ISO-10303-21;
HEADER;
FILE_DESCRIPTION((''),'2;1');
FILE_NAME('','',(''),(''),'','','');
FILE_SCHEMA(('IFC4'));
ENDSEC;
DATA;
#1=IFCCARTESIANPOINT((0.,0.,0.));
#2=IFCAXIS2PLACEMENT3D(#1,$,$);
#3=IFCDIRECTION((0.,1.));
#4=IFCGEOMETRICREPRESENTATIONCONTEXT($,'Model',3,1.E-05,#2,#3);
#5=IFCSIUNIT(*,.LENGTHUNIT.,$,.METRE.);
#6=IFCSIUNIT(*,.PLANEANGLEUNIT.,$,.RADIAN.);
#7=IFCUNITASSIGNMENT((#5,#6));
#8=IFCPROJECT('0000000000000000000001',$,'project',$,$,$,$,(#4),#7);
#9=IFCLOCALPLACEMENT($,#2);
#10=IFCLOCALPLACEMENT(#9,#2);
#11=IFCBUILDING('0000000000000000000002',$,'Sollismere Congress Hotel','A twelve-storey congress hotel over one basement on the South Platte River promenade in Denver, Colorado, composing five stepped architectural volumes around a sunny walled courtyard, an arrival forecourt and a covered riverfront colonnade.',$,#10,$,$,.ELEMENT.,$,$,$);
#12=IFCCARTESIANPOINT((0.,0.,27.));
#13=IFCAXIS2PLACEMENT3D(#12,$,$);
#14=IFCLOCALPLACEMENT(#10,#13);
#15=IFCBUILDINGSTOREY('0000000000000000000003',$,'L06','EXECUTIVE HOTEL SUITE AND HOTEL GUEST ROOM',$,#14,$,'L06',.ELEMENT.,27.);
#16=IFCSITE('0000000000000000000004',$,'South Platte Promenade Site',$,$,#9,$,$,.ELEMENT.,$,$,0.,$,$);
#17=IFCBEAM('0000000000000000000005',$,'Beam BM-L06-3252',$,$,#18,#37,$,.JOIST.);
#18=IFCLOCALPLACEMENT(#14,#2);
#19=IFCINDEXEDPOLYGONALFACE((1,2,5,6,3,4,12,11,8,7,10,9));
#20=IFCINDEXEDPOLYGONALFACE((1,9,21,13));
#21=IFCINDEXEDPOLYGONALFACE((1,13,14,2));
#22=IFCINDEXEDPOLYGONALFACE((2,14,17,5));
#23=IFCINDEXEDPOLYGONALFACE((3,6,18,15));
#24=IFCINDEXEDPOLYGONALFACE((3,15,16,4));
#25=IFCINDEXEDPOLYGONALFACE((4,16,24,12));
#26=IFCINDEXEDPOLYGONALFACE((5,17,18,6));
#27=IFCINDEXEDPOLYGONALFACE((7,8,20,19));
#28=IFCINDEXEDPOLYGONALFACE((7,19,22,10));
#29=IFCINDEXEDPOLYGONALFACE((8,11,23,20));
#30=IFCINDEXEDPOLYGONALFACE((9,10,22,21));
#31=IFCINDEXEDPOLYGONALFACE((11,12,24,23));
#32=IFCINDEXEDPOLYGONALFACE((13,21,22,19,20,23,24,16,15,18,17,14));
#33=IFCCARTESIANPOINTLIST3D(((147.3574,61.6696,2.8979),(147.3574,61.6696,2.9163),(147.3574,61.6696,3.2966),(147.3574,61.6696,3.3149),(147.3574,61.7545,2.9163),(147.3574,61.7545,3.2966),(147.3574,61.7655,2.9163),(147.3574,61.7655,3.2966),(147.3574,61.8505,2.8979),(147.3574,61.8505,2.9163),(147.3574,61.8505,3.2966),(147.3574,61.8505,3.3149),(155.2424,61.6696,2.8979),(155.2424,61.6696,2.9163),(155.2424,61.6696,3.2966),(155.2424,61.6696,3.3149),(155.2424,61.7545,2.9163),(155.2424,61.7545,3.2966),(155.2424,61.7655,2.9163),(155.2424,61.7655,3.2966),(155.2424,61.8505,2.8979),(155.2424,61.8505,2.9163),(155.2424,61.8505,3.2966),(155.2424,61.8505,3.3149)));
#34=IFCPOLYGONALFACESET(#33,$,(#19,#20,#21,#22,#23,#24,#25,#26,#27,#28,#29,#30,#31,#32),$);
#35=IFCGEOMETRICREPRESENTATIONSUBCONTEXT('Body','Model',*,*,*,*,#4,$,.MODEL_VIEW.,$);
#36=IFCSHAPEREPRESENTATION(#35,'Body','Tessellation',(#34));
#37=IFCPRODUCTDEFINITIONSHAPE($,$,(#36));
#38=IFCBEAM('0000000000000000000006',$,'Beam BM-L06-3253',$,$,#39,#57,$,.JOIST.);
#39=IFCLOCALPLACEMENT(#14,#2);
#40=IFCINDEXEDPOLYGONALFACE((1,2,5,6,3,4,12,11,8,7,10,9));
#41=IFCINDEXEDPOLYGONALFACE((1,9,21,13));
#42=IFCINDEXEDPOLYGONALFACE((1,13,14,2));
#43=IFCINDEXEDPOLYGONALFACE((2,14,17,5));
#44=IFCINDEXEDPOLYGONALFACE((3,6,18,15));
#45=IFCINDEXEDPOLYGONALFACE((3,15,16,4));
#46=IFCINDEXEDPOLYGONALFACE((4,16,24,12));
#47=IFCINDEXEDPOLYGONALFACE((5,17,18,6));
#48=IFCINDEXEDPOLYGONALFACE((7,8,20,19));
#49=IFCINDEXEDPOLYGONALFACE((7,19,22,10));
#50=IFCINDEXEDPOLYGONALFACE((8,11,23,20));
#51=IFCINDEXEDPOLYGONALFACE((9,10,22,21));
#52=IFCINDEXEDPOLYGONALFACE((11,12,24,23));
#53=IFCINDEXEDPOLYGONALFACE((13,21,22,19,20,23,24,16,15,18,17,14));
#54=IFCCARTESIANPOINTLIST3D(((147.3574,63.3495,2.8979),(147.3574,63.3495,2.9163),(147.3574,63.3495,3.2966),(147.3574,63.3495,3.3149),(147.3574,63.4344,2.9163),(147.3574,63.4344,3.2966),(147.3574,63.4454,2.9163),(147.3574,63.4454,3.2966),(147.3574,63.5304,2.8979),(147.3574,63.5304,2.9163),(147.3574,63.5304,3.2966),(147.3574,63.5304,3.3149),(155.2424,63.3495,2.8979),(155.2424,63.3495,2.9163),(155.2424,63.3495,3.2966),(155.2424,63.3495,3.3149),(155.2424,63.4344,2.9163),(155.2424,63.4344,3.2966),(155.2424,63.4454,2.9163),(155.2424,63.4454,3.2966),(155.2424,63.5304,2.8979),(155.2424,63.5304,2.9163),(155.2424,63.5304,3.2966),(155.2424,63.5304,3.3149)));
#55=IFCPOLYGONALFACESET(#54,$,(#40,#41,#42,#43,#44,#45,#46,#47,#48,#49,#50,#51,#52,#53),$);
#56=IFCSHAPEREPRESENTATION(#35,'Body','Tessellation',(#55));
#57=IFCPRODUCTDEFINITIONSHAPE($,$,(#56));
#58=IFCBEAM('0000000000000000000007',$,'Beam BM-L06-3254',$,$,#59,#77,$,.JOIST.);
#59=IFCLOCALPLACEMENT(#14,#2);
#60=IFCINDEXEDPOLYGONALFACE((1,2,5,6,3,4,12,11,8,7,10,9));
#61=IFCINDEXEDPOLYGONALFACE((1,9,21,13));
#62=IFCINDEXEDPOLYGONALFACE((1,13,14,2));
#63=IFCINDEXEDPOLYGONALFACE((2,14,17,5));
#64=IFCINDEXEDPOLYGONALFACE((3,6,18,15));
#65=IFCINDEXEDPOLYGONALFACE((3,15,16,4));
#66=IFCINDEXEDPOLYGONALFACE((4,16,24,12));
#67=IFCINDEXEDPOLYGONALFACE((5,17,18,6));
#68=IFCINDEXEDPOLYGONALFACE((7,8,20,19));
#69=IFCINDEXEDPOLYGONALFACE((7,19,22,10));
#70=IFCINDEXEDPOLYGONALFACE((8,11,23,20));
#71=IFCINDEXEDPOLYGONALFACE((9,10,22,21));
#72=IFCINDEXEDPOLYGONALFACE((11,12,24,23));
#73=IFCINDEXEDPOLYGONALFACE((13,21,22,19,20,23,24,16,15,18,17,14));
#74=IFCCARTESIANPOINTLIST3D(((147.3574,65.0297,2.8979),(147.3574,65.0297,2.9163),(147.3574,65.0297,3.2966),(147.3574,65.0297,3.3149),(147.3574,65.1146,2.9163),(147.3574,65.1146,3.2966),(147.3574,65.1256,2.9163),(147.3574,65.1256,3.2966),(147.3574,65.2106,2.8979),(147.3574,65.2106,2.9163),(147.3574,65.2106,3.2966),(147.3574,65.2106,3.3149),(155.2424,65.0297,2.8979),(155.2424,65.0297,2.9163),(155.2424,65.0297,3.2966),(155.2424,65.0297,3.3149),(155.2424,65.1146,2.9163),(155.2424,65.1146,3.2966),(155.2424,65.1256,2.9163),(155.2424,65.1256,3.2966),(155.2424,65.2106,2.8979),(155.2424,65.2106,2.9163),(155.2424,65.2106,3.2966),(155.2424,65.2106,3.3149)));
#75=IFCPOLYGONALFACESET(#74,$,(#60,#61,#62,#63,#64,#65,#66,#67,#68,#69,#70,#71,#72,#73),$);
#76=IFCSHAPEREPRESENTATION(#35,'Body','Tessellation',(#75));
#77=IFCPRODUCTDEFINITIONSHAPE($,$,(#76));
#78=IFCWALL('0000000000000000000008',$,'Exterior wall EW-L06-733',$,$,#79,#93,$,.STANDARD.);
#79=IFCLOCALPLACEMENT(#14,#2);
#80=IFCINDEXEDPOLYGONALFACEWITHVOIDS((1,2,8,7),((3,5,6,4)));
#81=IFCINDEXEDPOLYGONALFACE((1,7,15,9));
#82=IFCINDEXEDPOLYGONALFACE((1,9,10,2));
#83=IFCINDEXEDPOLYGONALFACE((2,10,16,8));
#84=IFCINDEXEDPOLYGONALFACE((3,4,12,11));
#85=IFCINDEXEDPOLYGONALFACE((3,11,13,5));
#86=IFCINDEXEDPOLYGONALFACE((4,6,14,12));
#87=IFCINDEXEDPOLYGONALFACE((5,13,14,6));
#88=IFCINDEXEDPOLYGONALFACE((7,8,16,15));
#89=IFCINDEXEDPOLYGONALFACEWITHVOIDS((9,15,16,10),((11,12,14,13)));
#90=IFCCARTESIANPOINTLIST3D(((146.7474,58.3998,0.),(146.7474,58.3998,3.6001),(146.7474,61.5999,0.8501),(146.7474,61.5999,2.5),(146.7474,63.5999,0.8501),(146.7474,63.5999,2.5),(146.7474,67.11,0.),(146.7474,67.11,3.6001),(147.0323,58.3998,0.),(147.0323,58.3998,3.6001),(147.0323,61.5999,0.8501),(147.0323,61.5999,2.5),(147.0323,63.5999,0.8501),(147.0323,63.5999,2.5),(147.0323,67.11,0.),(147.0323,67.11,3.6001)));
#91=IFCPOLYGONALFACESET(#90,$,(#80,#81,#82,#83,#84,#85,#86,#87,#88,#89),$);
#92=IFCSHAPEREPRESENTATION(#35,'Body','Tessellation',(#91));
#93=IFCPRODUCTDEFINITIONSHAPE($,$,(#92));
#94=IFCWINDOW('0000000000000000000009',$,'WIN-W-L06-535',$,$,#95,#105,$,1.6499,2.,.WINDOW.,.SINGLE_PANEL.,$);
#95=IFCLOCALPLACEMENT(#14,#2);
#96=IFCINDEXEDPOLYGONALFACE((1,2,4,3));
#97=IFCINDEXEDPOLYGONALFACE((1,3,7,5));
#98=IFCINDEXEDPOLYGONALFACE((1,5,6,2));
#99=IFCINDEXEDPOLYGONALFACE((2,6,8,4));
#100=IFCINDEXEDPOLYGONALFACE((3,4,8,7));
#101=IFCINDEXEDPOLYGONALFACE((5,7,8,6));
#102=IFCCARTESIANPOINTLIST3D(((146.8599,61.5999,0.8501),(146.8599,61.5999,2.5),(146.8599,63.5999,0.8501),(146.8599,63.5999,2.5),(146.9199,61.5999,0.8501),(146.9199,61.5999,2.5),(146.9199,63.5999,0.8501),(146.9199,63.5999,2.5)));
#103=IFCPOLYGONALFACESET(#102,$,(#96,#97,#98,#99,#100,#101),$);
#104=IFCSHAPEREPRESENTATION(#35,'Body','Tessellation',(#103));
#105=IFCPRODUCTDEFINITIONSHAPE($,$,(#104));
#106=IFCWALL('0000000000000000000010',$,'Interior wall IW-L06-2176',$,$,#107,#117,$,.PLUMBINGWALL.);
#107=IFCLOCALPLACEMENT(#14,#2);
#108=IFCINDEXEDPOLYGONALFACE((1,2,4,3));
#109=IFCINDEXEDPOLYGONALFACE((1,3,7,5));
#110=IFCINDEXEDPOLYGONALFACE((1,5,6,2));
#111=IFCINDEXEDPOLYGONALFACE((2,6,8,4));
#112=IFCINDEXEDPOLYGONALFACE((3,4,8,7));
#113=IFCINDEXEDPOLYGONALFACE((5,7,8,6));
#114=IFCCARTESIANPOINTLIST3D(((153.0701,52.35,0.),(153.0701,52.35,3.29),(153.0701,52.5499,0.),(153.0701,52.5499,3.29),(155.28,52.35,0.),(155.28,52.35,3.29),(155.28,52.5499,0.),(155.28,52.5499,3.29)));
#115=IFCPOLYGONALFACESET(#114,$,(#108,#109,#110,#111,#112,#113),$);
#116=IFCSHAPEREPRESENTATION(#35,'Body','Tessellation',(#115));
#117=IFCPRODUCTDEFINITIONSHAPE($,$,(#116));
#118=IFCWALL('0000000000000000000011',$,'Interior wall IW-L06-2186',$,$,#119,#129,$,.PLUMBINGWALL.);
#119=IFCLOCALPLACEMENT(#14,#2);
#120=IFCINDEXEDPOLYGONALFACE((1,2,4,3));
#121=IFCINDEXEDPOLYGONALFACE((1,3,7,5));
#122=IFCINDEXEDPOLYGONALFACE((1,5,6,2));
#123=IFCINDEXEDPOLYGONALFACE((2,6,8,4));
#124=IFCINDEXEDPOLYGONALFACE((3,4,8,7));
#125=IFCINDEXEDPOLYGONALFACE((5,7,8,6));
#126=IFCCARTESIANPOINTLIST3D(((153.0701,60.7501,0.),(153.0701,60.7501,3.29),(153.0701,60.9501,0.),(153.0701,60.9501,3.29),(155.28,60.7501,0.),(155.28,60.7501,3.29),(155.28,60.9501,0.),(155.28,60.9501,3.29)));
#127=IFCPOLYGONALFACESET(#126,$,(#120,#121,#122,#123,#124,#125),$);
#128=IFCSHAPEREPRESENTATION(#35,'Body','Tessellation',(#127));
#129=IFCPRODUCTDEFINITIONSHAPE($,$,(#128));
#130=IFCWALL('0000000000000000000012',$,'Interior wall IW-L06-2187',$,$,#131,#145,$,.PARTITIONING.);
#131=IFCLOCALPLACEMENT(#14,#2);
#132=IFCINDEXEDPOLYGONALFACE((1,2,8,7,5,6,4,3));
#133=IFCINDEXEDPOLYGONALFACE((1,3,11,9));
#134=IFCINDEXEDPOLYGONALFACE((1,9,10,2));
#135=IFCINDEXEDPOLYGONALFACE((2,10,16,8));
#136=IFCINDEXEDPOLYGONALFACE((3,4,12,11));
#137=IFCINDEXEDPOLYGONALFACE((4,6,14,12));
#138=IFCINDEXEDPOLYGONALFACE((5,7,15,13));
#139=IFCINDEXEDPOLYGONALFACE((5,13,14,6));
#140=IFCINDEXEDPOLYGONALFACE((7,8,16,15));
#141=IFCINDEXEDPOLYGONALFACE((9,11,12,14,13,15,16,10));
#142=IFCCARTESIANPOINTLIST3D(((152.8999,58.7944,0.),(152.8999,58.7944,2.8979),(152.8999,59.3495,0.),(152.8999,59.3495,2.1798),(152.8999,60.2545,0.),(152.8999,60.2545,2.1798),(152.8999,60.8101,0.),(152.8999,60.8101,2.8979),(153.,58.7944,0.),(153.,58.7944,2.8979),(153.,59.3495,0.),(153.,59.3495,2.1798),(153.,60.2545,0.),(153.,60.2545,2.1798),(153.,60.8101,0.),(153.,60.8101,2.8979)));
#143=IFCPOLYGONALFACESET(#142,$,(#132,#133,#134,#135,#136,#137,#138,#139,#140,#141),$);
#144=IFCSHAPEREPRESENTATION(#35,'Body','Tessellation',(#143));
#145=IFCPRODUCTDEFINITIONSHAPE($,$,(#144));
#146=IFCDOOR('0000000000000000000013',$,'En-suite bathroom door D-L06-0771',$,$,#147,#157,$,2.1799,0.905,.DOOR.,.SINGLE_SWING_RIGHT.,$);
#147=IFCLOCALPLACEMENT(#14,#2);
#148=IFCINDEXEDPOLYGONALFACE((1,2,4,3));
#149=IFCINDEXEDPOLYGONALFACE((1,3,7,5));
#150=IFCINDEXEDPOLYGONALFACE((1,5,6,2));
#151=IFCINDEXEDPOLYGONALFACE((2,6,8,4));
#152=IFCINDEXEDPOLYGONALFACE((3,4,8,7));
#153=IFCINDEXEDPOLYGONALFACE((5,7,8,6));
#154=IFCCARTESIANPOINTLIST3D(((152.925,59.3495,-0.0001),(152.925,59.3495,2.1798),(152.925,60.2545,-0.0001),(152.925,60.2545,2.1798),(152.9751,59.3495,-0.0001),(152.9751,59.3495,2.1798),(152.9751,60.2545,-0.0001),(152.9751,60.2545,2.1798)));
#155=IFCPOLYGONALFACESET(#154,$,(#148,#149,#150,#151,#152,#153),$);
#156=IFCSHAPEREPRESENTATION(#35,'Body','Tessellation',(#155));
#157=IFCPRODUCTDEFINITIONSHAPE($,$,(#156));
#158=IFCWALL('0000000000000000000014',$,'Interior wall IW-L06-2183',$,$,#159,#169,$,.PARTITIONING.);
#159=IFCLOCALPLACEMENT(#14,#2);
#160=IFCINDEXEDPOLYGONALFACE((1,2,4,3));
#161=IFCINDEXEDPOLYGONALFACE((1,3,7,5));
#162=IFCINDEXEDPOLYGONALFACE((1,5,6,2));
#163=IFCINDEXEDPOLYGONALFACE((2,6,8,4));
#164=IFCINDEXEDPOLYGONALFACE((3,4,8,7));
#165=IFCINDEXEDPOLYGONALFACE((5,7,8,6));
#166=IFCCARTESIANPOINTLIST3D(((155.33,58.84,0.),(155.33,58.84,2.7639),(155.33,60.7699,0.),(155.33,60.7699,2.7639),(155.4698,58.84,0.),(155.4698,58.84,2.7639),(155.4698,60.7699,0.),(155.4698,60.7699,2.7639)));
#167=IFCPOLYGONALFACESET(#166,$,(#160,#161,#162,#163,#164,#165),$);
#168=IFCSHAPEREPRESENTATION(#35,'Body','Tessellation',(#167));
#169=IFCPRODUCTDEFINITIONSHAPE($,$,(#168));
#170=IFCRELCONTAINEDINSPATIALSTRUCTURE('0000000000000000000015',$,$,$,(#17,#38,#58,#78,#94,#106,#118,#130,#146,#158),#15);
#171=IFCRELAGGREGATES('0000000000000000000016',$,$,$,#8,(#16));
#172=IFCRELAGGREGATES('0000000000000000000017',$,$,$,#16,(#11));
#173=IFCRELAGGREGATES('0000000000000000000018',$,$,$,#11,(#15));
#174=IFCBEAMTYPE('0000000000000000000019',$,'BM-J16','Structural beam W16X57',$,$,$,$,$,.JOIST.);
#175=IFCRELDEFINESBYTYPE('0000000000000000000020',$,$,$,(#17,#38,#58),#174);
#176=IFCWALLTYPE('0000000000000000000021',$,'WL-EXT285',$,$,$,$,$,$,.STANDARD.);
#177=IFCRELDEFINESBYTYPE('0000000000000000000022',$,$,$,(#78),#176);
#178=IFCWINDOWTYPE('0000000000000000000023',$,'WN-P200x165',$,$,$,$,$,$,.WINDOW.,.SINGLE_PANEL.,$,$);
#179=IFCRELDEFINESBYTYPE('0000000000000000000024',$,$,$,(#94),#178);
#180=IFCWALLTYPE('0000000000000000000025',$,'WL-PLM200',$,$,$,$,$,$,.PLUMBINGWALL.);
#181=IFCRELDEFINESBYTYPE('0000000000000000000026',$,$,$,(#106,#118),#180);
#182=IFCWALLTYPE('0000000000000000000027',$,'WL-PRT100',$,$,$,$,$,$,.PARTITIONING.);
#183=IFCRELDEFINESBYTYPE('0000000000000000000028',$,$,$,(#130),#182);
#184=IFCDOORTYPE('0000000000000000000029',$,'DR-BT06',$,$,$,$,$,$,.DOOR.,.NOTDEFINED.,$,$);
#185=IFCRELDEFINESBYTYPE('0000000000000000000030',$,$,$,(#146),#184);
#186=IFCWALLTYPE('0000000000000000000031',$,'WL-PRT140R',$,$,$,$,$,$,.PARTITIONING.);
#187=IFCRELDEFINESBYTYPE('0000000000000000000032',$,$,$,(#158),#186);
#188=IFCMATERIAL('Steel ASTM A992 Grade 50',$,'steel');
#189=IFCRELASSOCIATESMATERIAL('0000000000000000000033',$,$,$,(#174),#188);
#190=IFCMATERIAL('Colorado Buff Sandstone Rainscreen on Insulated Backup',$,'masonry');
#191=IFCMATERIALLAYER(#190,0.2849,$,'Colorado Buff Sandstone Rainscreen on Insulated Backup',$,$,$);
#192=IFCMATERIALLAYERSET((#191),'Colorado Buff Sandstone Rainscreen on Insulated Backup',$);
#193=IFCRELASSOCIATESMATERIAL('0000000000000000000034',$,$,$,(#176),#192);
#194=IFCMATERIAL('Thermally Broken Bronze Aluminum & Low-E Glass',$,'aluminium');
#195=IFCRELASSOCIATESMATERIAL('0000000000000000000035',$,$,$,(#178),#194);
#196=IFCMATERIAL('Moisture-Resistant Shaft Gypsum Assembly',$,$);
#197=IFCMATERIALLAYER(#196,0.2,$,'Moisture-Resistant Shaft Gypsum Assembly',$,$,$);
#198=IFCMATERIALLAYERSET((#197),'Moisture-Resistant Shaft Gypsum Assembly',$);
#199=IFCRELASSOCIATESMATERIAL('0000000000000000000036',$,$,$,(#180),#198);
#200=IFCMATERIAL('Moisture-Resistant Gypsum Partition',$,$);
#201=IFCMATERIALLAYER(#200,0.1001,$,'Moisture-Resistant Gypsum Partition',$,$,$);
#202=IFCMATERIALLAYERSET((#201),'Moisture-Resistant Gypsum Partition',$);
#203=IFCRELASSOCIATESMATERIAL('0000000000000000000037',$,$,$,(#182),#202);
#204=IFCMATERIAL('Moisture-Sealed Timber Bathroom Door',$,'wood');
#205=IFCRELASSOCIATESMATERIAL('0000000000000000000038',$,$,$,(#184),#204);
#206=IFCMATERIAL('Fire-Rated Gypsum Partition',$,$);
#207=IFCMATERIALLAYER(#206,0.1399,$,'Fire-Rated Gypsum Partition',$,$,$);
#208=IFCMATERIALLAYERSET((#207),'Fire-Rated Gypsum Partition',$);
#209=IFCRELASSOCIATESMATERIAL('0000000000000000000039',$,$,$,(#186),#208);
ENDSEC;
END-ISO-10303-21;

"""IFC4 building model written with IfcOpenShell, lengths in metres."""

from ifc_helpers import new_model, si_unit, direction, frame, frame_2d, origin, origin_2d, place, context, subcontext, project, spatial, rectangle, i_section, extrude, material, layer, layer_set, material_profile, profile_set, type_object, element, fill, save


model = new_model("IFC4")

# Units and contexts
model_context = context("Model", 3, precision=1e-05, world=origin(), true_north=direction((0.0, 1.0)))
body_context = subcontext(model_context, "Body", "Model", "MODEL_VIEW")
ifc_project = project(units=[si_unit("LENGTHUNIT", "METRE"), si_unit("PLANEANGLEUNIT", "RADIAN")], contexts=[model_context])

# Site, building, storey
site_placement = place(None, origin())
site = spatial("IfcSite", under=ifc_project, at=site_placement, Name="South Platte Promenade Site", CompositionType="ELEMENT", RefElevation=0.0)
building_placement = place(site_placement, origin())
building = spatial("IfcBuilding", under=site, at=building_placement, Name="Sollismere Congress Hotel", Description="A twelve-storey congress hotel over one basement on the South Platte River promenade in Denver, Colorado, composing five stepped architectural volumes around a sunny walled courtyard, an arrival forecourt and a covered riverfront colonnade.", CompositionType="ELEMENT")
storey_placement = place(building_placement, frame((0.0, 0.0, 27.0)))
storey = spatial("IfcBuildingStorey", under=building, at=storey_placement, Name="L06", Description="EXECUTIVE HOTEL SUITE AND HOTEL GUEST ROOM", LongName="L06", CompositionType="ELEMENT", Elevation=27.0)

# Shared definitions
ifc_material_1 = material(Name="Steel ASTM A992 Grade 50", Category="steel")

# Beams
ifc_material_profile_1 = material_profile(ifc_material_1, i_section(OverallWidth=0.1809, OverallDepth=0.417, WebThickness=0.011, FlangeThickness=0.0183, at=origin_2d()), Name="W16X57")
ifc_profile_set_1 = profile_set([ifc_material_profile_1], Name="Steel ASTM A992 Grade 50")
beam_type_1 = type_object("IfcBeamType", Name="BM-J16", Description="Structural beam W16X57", PredefinedType="JOIST", material=ifc_profile_set_1)
for number, where, z_axis, x_axis, name in (
    (1, (147.3574, 61.76, 3.1064), (1.0, 0.0, 0.0), (0.0, 1.0, 0.0), "Beam BM-L06-3252"),
    (2, (147.3574, 63.4399, 3.1064), (1.0, 0.0, 0.0), (0.0, 1.0, 0.0), "Beam BM-L06-3253"),
    (3, (147.3574, 65.1201, 3.1064), (1.0, 0.0, 0.0), (0.0, 1.0, 0.0), "Beam BM-L06-3254"),
):
    element("IfcBeam", number, at=place(storey_placement, frame(where, z_axis=z_axis, x_axis=x_axis)), inside=storey, type_object=beam_type_1, Name=name, PredefinedType="JOIST", context=body_context, shape_type="SweptSolid", body=[
        extrude(i_section(OverallWidth=0.1809, OverallDepth=0.417, WebThickness=0.011, FlangeThickness=0.0183, at=origin_2d()), origin(), (0.0, 0.0, 1.0), 7.885),
    ])

# Wall, opening, window
ifc_material_2 = material(Name="Colorado Buff Sandstone Rainscreen on Insulated Backup", Category="masonry")
ifc_layer_1 = layer(ifc_material_2, 0.2849, Name="Colorado Buff Sandstone Rainscreen on Insulated Backup")
ifc_layer_set_1 = layer_set([ifc_layer_1], Name="Colorado Buff Sandstone Rainscreen on Insulated Backup")
wall_type_1 = type_object("IfcWallType", Name="WL-EXT285", PredefinedType="STANDARD", material=ifc_layer_set_1)
wall_1_placement = place(storey_placement, frame((146.8899, 58.3999, 0.0), z_axis=(0.0, 0.0, 1.0), x_axis=(0.0, 1.0, 0.0)))
wall_1 = element("IfcWall", 4, at=wall_1_placement, inside=storey, type_object=wall_type_1, Name="Exterior wall EW-L06-733", PredefinedType="STANDARD", context=body_context, shape_type="SweptSolid", body=[
    extrude(rectangle(XDim=8.7102, YDim=0.2849, at=frame_2d((4.355, 0.0))), origin(), (0.0, 0.0, 1.0), 3.6001),
])
opening_1_placement = place(wall_1_placement, frame((3.2, 0.0, 0.8501)))
opening_1 = element("IfcOpeningElement", 5, at=opening_1_placement, cuts=wall_1, PredefinedType="OPENING", context=body_context, shape_type="SweptSolid", body=[
    extrude(rectangle(XDim=2.0, YDim=1.6499, at=frame_2d((1.0, 0.825))), frame((0.0, 0.1523, 0.0), z_axis=(0.0, -1.0, 0.0), x_axis=(1.0, 0.0, 0.0)), (0.0, 0.0, 1.0), 0.3049),
])
ifc_material_3 = material(Name="Thermally Broken Bronze Aluminum & Low-E Glass", Category="aluminium")
window_type = type_object("IfcWindowType", Name="WN-P200x165", PartitioningType="SINGLE_PANEL", PredefinedType="WINDOW", material=ifc_material_3)
window_placement = place(opening_1_placement, origin())
window = element("IfcWindow", 6, at=window_placement, inside=storey, type_object=window_type, Name="WIN-W-L06-535", OverallHeight=1.6499, OverallWidth=2.0, PartitioningType="SINGLE_PANEL", PredefinedType="WINDOW", context=body_context, shape_type="SweptSolid", body=[
    extrude(rectangle(XDim=2.0, YDim=1.6499, at=frame_2d((1.0, 0.825))), frame((0.0, 0.03, 0.0), z_axis=(0.0, -1.0, 0.0), x_axis=(1.0, 0.0, 0.0)), (0.0, 0.0, 1.0), 0.0601),
])
fill(opening_1, window)

# Walls
ifc_material_4 = material(Name="Moisture-Resistant Shaft Gypsum Assembly")
ifc_layer_2 = layer(ifc_material_4, 0.2, Name="Moisture-Resistant Shaft Gypsum Assembly")
ifc_layer_set_2 = layer_set([ifc_layer_2], Name="Moisture-Resistant Shaft Gypsum Assembly")
wall_type_2 = type_object("IfcWallType", Name="WL-PLM200", PredefinedType="PLUMBINGWALL", material=ifc_layer_set_2)
for number, where, z_axis, x_axis, name in (
    (7, (153.0701, 52.45, 0.0), (0.0, 0.0, 1.0), (1.0, 0.0, 0.0), "Interior wall IW-L06-2176"),
    (8, (153.0701, 60.8501, 0.0), (0.0, 0.0, 1.0), (1.0, 0.0, 0.0), "Interior wall IW-L06-2186"),
):
    element("IfcWall", number, at=place(storey_placement, frame(where, z_axis=z_axis, x_axis=x_axis)), inside=storey, type_object=wall_type_2, Name=name, PredefinedType="PLUMBINGWALL", context=body_context, shape_type="SweptSolid", body=[
        extrude(rectangle(XDim=2.21, YDim=0.2, at=frame_2d((1.105, 0.0))), origin(), (0.0, 0.0, 1.0), 3.29),
    ])

# Wall, opening, door
ifc_material_5 = material(Name="Moisture-Resistant Gypsum Partition")
ifc_layer_3 = layer(ifc_material_5, 0.1001, Name="Moisture-Resistant Gypsum Partition")
ifc_layer_set_3 = layer_set([ifc_layer_3], Name="Moisture-Resistant Gypsum Partition")
wall_type_3 = type_object("IfcWallType", Name="WL-PRT100", PredefinedType="PARTITIONING", material=ifc_layer_set_3)
wall_2_placement = place(storey_placement, frame((152.95, 58.7944, 0.0), z_axis=(0.0, 0.0, 1.0), x_axis=(0.0, 1.0, 0.0)))
wall_2 = element("IfcWall", 9, at=wall_2_placement, inside=storey, type_object=wall_type_3, Name="Interior wall IW-L06-2187", PredefinedType="PARTITIONING", context=body_context, shape_type="SweptSolid", body=[
    extrude(rectangle(XDim=2.0156, YDim=0.1001, at=frame_2d((1.0078, 0.0))), origin(), (0.0, 0.0, 1.0), 2.8979),
])
opening_2_placement = place(wall_2_placement, frame((0.5549, 0.0, 0.0)))
opening_2 = element("IfcOpeningElement", 10, at=opening_2_placement, cuts=wall_2, PredefinedType="OPENING", context=body_context, shape_type="SweptSolid", body=[
    extrude(rectangle(XDim=0.905, YDim=2.1799, at=frame_2d((0.4526, 1.0898))), frame((0.0, 0.0601, 0.0), z_axis=(0.0, -1.0, 0.0), x_axis=(1.0, 0.0, 0.0)), (0.0, 0.0, 1.0), 0.1201),
])
ifc_material_6 = material(Name="Moisture-Sealed Timber Bathroom Door", Category="wood")
door_type_1 = type_object("IfcDoorType", Name="DR-BT06", OperationType="NOTDEFINED", PredefinedType="DOOR", material=ifc_material_6)
door_1_placement = place(opening_2_placement, origin())
door_1 = element("IfcDoor", 11, at=door_1_placement, inside=storey, type_object=door_type_1, Name="En-suite bathroom door D-L06-0771", OperationType="SINGLE_SWING_RIGHT", OverallHeight=2.1799, OverallWidth=0.905, PredefinedType="DOOR", context=body_context, shape_type="SweptSolid", body=[
    extrude(rectangle(XDim=0.905, YDim=2.1799, at=frame_2d((0.4526, 1.0898))), frame((0.0, 0.0249, 0.0), z_axis=(0.0, -1.0, 0.0), x_axis=(1.0, 0.0, 0.0)), (0.0, 0.0, 1.0), 0.05),
])
fill(opening_2, door_1)
ifc_material_7 = material(Name="Fire-Rated Gypsum Partition")
ifc_layer_4 = layer(ifc_material_7, 0.1399, Name="Fire-Rated Gypsum Partition")
ifc_layer_set_4 = layer_set([ifc_layer_4], Name="Fire-Rated Gypsum Partition")
wall_type_4 = type_object("IfcWallType", Name="WL-PRT140R", PredefinedType="PARTITIONING", material=ifc_layer_set_4)

# Wall
wall_3_placement = place(storey_placement, frame((155.3999, 58.8401, 0.0), z_axis=(0.0, 0.0, 1.0), x_axis=(0.0, 1.0, 0.0)))
element("IfcWall", 12, at=wall_3_placement, inside=storey, type_object=wall_type_4, Name="Interior wall IW-L06-2183", PredefinedType="PARTITIONING", context=body_context, shape_type="SweptSolid", body=[
    extrude(rectangle(XDim=1.9299, YDim=0.1399, at=frame_2d((0.9648, 0.0))), origin(), (0.0, 0.0, 1.0), 2.7639),
])

save(model, "model.ifc")
